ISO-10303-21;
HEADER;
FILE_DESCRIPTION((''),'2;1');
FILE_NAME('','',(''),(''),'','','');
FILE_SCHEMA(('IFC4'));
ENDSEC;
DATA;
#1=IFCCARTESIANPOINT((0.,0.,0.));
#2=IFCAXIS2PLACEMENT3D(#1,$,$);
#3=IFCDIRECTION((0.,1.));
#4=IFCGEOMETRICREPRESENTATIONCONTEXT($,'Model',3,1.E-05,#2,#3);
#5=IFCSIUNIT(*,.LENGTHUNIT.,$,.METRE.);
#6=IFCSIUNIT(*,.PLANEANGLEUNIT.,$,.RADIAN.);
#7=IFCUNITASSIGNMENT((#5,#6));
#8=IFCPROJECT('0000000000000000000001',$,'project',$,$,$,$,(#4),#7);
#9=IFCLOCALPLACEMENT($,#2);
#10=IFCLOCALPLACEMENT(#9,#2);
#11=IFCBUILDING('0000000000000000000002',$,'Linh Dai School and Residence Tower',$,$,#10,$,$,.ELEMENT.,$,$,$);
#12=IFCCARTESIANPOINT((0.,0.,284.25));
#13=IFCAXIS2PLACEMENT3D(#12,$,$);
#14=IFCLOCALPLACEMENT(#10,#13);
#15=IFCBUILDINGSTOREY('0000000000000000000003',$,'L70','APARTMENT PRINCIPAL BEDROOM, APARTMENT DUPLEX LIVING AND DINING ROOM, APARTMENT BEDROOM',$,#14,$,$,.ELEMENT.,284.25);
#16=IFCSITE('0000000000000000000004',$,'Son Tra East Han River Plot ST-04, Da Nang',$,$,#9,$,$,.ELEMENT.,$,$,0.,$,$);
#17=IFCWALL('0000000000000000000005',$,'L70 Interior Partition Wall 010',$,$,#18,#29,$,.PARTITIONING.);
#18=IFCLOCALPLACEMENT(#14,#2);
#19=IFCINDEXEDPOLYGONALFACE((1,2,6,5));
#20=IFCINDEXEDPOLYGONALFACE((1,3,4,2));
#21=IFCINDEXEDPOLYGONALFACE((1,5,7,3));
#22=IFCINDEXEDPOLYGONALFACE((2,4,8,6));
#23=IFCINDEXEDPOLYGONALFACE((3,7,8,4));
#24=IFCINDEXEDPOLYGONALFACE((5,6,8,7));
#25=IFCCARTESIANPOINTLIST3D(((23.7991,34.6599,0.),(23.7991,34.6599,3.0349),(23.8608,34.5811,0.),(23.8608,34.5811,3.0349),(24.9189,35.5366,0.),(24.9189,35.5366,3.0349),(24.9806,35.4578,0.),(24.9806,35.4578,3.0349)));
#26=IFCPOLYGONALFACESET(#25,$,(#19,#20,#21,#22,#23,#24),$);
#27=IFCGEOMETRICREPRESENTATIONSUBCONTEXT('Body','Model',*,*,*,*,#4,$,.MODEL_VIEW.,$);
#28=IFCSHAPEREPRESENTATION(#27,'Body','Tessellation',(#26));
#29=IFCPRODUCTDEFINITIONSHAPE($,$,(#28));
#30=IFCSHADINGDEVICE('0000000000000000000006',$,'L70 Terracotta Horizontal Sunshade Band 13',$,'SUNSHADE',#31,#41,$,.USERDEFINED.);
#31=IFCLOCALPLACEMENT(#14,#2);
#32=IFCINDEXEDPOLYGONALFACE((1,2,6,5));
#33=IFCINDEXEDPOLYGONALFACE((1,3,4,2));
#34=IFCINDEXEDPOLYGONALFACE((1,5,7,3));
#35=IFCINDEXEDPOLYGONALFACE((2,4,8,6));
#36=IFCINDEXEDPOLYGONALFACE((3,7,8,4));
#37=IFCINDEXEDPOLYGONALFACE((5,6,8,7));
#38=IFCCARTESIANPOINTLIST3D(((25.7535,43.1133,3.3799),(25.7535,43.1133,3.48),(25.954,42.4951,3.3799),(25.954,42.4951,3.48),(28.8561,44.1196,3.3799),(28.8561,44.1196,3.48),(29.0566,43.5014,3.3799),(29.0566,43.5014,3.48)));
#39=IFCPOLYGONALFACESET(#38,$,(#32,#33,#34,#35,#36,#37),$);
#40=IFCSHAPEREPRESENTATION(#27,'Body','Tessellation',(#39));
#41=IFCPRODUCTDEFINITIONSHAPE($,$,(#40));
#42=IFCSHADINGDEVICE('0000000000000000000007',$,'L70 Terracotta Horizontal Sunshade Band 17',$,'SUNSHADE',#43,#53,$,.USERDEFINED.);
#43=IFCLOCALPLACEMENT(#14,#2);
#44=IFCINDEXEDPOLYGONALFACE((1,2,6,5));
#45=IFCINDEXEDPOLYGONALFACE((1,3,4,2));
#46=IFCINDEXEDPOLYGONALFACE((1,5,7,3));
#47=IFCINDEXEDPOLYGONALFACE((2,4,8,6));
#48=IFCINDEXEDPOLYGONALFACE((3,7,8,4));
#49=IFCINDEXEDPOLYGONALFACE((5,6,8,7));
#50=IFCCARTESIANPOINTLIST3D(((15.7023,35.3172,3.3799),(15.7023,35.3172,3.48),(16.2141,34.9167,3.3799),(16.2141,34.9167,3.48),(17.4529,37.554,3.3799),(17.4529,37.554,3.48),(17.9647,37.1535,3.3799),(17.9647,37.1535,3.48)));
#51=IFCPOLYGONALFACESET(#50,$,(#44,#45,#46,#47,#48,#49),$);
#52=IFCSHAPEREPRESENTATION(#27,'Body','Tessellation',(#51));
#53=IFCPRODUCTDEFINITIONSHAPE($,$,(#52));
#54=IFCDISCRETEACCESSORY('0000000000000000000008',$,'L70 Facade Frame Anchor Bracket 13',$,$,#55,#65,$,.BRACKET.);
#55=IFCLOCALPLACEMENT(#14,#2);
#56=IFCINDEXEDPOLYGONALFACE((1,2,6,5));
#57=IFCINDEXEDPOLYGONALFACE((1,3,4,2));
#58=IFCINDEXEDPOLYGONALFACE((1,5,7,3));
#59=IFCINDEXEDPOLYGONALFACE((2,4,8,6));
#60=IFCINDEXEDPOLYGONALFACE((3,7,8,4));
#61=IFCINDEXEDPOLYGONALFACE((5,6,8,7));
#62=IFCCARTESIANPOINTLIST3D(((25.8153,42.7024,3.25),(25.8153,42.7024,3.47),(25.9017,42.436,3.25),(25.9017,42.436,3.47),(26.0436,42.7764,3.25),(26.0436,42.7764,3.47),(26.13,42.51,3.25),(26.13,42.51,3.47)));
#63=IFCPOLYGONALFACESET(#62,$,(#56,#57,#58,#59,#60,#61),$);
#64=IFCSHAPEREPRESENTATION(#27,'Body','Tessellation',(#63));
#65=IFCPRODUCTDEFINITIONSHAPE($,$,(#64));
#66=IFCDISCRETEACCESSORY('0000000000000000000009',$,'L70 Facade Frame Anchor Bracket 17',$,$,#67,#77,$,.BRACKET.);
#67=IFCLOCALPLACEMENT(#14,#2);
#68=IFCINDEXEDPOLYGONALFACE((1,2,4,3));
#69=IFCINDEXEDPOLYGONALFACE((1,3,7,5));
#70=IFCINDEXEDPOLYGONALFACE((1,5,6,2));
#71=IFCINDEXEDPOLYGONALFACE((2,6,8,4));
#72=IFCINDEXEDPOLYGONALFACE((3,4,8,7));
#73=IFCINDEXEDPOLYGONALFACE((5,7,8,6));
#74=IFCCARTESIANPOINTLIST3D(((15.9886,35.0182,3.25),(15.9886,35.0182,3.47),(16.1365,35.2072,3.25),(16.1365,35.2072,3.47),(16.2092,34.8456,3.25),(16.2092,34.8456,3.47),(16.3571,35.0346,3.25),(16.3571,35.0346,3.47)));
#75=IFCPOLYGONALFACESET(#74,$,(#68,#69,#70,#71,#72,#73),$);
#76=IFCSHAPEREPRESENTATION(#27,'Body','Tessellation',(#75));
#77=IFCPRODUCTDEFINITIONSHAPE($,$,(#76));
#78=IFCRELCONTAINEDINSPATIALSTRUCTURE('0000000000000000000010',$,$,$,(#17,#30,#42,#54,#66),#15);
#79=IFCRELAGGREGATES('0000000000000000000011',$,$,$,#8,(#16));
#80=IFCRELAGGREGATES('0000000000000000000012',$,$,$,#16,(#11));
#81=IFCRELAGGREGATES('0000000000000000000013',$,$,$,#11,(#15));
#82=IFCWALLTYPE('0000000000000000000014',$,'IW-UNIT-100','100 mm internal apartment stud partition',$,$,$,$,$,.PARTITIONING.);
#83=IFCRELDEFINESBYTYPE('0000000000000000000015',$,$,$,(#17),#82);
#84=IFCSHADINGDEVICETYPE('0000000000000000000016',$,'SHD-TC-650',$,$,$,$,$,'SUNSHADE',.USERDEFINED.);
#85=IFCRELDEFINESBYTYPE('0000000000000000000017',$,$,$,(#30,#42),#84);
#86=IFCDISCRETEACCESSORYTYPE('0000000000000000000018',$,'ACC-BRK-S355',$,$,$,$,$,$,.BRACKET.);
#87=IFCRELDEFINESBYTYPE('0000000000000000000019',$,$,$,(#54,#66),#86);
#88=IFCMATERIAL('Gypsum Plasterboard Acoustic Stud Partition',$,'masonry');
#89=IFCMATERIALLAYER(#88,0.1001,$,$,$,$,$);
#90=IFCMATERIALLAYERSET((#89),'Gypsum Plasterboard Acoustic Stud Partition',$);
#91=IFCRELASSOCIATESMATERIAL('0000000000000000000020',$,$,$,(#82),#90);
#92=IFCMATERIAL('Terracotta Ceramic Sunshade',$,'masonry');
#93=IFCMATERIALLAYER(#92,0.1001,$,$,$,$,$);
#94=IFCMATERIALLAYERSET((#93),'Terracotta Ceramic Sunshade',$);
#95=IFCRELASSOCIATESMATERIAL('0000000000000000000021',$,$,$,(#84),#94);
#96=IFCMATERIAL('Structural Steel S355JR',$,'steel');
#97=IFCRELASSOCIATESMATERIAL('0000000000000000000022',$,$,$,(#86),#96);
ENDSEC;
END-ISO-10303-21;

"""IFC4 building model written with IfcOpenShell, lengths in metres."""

from ifc_helpers import new_model, si_unit, direction, frame, frame_2d, origin, origin_2d, place, context, subcontext, project, spatial, rectangle, extrude, source, transform, mapped, material, layer, layer_set, type_object, element, save


model = new_model("IFC4")

# Units and contexts
model_context = context("Model", 3, precision=1e-05, world=origin(), true_north=direction((0.0, 1.0)))
body_context = subcontext(model_context, "Body", "Model", "MODEL_VIEW")
ifc_project = project(units=[si_unit("LENGTHUNIT", "METRE"), si_unit("PLANEANGLEUNIT", "RADIAN")], contexts=[model_context])

# Site, building, storey
site_placement = place(None, origin())
site = spatial("IfcSite", under=ifc_project, at=site_placement, Name="Son Tra East Han River Plot ST-04, Da Nang", CompositionType="ELEMENT", RefElevation=0.0)
building_placement = place(site_placement, origin())
building = spatial("IfcBuilding", under=site, at=building_placement, Name="Linh Dai School and Residence Tower", CompositionType="ELEMENT")
storey_placement = place(building_placement, frame((0.0, 0.0, 284.25)))
storey = spatial("IfcBuildingStorey", under=building, at=storey_placement, Name="L70", Description="APARTMENT PRINCIPAL BEDROOM, APARTMENT DUPLEX LIVING AND DINING ROOM, APARTMENT BEDROOM", CompositionType="ELEMENT", Elevation=284.25)

# Shared definitions
ifc_material_1 = material(Name="Structural Steel S355JR", Category="steel")

# Shared definitions
ifc_material_2 = material(Name="Gypsum Plasterboard Acoustic Stud Partition", Category="masonry")
ifc_layer_1 = layer(ifc_material_2, 0.1001)
ifc_layer_set_1 = layer_set([ifc_layer_1], Name="Gypsum Plasterboard Acoustic Stud Partition")
wall_type_1 = type_object("IfcWallType", Name="IW-UNIT-100", Description="100 mm internal apartment stud partition", PredefinedType="PARTITIONING", material=ifc_layer_set_1)

# Wall
wall_1_placement = place(storey_placement, frame((23.8301, 34.6206, 0.0), z_axis=(0.0, 0.0, 1.0), x_axis=(0.787407, 0.616433, 0.0)))
element("IfcWall", 1, at=wall_1_placement, inside=storey, type_object=wall_type_1, Name="L70 Interior Partition Wall 010", PredefinedType="PARTITIONING", context=body_context, shape_type="SweptSolid", body=[
    extrude(rectangle(XDim=1.4221, YDim=0.1001, at=frame_2d((0.7109, 0.0))), origin(), (0.0, 0.0, 1.0), 3.0349),
])

# Shading devices
ifc_material_3 = material(Name="Terracotta Ceramic Sunshade", Category="masonry")
ifc_layer_2 = layer(ifc_material_3, 0.1001)
ifc_layer_set_2 = layer_set([ifc_layer_2], Name="Terracotta Ceramic Sunshade")
shading_device_type = type_object("IfcShadingDeviceType", Name="SHD-TC-650", ElementType="SUNSHADE", PredefinedType="USERDEFINED", material=ifc_layer_set_2)
shared_shape_1 = source(origin(), body_context, "Body", "SweptSolid", [
    extrude(rectangle(XDim=3.2617, YDim=0.6499, at=origin_2d()), origin(), (0.0, 0.0, 1.0), 0.1001),
])
shading_device_1_placement = place(storey_placement, frame((27.405, 43.3074, 3.3799), z_axis=(0.0, 0.0, 1.0), x_axis=(0.951218, 0.308519, 0.0)))
element("IfcShadingDevice", 2, at=shading_device_1_placement, inside=storey, type_object=shading_device_type, Name="L70 Terracotta Horizontal Sunshade Band 13", ObjectType="SUNSHADE", PredefinedType="USERDEFINED", context=body_context, shape_type="MappedRepresentation", body=[
    mapped(shared_shape_1, transform((0.0, 0.0, 0.0), x_axis=(1.0, 0.0, 0.0), y_axis=(0.0, 1.0, 0.0), z_axis=(0.0, 0.0, 1.0), scale=1.0)),
])
shared_shape_2 = source(origin(), body_context, "Body", "SweptSolid", [
    extrude(rectangle(XDim=2.8403, YDim=0.6499, at=origin_2d()), origin(), (0.0, 0.0, 1.0), 0.1001),
])
shading_device_2_placement = place(storey_placement, frame((16.8335, 36.2354, 3.3799), z_axis=(0.0, 0.0, 1.0), x_axis=(0.616311, 0.787503, 0.0)))
element("IfcShadingDevice", 3, at=shading_device_2_placement, inside=storey, type_object=shading_device_type, Name="L70 Terracotta Horizontal Sunshade Band 17", ObjectType="SUNSHADE", PredefinedType="USERDEFINED", context=body_context, shape_type="MappedRepresentation", body=[
    mapped(shared_shape_2, transform((0.0, 0.0, 0.0), x_axis=(1.0, 0.0, 0.0), y_axis=(0.0, 1.0, 0.0), z_axis=(0.0, 0.0, 1.0), scale=1.0)),
])

# Discrete accessories
discrete_accessory_type = type_object("IfcDiscreteAccessoryType", Name="ACC-BRK-S355", PredefinedType="BRACKET", material=ifc_material_1)
shared_shape_3 = source(origin(), body_context, "Body", "SweptSolid", [
    extrude(rectangle(XDim=0.28, YDim=0.24, at=origin_2d()), origin(), (0.0, 0.0, 1.0), 0.22),
])
for number, where, z_axis, x_axis, name in (
    (4, (25.9727, 42.6062, 3.25), (0.0, 0.0, 1.0), (-0.308519, 0.951218, 0.0), "L70 Facade Frame Anchor Bracket 13"),
    (5, (16.1729, 35.0264, 3.25), (0.0, 0.0, 1.0), (-0.787503, 0.616311, 0.0), "L70 Facade Frame Anchor Bracket 17"),
):
    element("IfcDiscreteAccessory", number, at=place(storey_placement, frame(where, z_axis=z_axis, x_axis=x_axis)), inside=storey, type_object=discrete_accessory_type, Name=name, PredefinedType="BRACKET", context=body_context, shape_type="MappedRepresentation", body=[
        mapped(shared_shape_3, transform((0.0, 0.0, 0.0), x_axis=(1.0, 0.0, 0.0), y_axis=(0.0, 1.0, 0.0), z_axis=(0.0, 0.0, 1.0), scale=1.0)),
    ])

save(model, "model.ifc")
